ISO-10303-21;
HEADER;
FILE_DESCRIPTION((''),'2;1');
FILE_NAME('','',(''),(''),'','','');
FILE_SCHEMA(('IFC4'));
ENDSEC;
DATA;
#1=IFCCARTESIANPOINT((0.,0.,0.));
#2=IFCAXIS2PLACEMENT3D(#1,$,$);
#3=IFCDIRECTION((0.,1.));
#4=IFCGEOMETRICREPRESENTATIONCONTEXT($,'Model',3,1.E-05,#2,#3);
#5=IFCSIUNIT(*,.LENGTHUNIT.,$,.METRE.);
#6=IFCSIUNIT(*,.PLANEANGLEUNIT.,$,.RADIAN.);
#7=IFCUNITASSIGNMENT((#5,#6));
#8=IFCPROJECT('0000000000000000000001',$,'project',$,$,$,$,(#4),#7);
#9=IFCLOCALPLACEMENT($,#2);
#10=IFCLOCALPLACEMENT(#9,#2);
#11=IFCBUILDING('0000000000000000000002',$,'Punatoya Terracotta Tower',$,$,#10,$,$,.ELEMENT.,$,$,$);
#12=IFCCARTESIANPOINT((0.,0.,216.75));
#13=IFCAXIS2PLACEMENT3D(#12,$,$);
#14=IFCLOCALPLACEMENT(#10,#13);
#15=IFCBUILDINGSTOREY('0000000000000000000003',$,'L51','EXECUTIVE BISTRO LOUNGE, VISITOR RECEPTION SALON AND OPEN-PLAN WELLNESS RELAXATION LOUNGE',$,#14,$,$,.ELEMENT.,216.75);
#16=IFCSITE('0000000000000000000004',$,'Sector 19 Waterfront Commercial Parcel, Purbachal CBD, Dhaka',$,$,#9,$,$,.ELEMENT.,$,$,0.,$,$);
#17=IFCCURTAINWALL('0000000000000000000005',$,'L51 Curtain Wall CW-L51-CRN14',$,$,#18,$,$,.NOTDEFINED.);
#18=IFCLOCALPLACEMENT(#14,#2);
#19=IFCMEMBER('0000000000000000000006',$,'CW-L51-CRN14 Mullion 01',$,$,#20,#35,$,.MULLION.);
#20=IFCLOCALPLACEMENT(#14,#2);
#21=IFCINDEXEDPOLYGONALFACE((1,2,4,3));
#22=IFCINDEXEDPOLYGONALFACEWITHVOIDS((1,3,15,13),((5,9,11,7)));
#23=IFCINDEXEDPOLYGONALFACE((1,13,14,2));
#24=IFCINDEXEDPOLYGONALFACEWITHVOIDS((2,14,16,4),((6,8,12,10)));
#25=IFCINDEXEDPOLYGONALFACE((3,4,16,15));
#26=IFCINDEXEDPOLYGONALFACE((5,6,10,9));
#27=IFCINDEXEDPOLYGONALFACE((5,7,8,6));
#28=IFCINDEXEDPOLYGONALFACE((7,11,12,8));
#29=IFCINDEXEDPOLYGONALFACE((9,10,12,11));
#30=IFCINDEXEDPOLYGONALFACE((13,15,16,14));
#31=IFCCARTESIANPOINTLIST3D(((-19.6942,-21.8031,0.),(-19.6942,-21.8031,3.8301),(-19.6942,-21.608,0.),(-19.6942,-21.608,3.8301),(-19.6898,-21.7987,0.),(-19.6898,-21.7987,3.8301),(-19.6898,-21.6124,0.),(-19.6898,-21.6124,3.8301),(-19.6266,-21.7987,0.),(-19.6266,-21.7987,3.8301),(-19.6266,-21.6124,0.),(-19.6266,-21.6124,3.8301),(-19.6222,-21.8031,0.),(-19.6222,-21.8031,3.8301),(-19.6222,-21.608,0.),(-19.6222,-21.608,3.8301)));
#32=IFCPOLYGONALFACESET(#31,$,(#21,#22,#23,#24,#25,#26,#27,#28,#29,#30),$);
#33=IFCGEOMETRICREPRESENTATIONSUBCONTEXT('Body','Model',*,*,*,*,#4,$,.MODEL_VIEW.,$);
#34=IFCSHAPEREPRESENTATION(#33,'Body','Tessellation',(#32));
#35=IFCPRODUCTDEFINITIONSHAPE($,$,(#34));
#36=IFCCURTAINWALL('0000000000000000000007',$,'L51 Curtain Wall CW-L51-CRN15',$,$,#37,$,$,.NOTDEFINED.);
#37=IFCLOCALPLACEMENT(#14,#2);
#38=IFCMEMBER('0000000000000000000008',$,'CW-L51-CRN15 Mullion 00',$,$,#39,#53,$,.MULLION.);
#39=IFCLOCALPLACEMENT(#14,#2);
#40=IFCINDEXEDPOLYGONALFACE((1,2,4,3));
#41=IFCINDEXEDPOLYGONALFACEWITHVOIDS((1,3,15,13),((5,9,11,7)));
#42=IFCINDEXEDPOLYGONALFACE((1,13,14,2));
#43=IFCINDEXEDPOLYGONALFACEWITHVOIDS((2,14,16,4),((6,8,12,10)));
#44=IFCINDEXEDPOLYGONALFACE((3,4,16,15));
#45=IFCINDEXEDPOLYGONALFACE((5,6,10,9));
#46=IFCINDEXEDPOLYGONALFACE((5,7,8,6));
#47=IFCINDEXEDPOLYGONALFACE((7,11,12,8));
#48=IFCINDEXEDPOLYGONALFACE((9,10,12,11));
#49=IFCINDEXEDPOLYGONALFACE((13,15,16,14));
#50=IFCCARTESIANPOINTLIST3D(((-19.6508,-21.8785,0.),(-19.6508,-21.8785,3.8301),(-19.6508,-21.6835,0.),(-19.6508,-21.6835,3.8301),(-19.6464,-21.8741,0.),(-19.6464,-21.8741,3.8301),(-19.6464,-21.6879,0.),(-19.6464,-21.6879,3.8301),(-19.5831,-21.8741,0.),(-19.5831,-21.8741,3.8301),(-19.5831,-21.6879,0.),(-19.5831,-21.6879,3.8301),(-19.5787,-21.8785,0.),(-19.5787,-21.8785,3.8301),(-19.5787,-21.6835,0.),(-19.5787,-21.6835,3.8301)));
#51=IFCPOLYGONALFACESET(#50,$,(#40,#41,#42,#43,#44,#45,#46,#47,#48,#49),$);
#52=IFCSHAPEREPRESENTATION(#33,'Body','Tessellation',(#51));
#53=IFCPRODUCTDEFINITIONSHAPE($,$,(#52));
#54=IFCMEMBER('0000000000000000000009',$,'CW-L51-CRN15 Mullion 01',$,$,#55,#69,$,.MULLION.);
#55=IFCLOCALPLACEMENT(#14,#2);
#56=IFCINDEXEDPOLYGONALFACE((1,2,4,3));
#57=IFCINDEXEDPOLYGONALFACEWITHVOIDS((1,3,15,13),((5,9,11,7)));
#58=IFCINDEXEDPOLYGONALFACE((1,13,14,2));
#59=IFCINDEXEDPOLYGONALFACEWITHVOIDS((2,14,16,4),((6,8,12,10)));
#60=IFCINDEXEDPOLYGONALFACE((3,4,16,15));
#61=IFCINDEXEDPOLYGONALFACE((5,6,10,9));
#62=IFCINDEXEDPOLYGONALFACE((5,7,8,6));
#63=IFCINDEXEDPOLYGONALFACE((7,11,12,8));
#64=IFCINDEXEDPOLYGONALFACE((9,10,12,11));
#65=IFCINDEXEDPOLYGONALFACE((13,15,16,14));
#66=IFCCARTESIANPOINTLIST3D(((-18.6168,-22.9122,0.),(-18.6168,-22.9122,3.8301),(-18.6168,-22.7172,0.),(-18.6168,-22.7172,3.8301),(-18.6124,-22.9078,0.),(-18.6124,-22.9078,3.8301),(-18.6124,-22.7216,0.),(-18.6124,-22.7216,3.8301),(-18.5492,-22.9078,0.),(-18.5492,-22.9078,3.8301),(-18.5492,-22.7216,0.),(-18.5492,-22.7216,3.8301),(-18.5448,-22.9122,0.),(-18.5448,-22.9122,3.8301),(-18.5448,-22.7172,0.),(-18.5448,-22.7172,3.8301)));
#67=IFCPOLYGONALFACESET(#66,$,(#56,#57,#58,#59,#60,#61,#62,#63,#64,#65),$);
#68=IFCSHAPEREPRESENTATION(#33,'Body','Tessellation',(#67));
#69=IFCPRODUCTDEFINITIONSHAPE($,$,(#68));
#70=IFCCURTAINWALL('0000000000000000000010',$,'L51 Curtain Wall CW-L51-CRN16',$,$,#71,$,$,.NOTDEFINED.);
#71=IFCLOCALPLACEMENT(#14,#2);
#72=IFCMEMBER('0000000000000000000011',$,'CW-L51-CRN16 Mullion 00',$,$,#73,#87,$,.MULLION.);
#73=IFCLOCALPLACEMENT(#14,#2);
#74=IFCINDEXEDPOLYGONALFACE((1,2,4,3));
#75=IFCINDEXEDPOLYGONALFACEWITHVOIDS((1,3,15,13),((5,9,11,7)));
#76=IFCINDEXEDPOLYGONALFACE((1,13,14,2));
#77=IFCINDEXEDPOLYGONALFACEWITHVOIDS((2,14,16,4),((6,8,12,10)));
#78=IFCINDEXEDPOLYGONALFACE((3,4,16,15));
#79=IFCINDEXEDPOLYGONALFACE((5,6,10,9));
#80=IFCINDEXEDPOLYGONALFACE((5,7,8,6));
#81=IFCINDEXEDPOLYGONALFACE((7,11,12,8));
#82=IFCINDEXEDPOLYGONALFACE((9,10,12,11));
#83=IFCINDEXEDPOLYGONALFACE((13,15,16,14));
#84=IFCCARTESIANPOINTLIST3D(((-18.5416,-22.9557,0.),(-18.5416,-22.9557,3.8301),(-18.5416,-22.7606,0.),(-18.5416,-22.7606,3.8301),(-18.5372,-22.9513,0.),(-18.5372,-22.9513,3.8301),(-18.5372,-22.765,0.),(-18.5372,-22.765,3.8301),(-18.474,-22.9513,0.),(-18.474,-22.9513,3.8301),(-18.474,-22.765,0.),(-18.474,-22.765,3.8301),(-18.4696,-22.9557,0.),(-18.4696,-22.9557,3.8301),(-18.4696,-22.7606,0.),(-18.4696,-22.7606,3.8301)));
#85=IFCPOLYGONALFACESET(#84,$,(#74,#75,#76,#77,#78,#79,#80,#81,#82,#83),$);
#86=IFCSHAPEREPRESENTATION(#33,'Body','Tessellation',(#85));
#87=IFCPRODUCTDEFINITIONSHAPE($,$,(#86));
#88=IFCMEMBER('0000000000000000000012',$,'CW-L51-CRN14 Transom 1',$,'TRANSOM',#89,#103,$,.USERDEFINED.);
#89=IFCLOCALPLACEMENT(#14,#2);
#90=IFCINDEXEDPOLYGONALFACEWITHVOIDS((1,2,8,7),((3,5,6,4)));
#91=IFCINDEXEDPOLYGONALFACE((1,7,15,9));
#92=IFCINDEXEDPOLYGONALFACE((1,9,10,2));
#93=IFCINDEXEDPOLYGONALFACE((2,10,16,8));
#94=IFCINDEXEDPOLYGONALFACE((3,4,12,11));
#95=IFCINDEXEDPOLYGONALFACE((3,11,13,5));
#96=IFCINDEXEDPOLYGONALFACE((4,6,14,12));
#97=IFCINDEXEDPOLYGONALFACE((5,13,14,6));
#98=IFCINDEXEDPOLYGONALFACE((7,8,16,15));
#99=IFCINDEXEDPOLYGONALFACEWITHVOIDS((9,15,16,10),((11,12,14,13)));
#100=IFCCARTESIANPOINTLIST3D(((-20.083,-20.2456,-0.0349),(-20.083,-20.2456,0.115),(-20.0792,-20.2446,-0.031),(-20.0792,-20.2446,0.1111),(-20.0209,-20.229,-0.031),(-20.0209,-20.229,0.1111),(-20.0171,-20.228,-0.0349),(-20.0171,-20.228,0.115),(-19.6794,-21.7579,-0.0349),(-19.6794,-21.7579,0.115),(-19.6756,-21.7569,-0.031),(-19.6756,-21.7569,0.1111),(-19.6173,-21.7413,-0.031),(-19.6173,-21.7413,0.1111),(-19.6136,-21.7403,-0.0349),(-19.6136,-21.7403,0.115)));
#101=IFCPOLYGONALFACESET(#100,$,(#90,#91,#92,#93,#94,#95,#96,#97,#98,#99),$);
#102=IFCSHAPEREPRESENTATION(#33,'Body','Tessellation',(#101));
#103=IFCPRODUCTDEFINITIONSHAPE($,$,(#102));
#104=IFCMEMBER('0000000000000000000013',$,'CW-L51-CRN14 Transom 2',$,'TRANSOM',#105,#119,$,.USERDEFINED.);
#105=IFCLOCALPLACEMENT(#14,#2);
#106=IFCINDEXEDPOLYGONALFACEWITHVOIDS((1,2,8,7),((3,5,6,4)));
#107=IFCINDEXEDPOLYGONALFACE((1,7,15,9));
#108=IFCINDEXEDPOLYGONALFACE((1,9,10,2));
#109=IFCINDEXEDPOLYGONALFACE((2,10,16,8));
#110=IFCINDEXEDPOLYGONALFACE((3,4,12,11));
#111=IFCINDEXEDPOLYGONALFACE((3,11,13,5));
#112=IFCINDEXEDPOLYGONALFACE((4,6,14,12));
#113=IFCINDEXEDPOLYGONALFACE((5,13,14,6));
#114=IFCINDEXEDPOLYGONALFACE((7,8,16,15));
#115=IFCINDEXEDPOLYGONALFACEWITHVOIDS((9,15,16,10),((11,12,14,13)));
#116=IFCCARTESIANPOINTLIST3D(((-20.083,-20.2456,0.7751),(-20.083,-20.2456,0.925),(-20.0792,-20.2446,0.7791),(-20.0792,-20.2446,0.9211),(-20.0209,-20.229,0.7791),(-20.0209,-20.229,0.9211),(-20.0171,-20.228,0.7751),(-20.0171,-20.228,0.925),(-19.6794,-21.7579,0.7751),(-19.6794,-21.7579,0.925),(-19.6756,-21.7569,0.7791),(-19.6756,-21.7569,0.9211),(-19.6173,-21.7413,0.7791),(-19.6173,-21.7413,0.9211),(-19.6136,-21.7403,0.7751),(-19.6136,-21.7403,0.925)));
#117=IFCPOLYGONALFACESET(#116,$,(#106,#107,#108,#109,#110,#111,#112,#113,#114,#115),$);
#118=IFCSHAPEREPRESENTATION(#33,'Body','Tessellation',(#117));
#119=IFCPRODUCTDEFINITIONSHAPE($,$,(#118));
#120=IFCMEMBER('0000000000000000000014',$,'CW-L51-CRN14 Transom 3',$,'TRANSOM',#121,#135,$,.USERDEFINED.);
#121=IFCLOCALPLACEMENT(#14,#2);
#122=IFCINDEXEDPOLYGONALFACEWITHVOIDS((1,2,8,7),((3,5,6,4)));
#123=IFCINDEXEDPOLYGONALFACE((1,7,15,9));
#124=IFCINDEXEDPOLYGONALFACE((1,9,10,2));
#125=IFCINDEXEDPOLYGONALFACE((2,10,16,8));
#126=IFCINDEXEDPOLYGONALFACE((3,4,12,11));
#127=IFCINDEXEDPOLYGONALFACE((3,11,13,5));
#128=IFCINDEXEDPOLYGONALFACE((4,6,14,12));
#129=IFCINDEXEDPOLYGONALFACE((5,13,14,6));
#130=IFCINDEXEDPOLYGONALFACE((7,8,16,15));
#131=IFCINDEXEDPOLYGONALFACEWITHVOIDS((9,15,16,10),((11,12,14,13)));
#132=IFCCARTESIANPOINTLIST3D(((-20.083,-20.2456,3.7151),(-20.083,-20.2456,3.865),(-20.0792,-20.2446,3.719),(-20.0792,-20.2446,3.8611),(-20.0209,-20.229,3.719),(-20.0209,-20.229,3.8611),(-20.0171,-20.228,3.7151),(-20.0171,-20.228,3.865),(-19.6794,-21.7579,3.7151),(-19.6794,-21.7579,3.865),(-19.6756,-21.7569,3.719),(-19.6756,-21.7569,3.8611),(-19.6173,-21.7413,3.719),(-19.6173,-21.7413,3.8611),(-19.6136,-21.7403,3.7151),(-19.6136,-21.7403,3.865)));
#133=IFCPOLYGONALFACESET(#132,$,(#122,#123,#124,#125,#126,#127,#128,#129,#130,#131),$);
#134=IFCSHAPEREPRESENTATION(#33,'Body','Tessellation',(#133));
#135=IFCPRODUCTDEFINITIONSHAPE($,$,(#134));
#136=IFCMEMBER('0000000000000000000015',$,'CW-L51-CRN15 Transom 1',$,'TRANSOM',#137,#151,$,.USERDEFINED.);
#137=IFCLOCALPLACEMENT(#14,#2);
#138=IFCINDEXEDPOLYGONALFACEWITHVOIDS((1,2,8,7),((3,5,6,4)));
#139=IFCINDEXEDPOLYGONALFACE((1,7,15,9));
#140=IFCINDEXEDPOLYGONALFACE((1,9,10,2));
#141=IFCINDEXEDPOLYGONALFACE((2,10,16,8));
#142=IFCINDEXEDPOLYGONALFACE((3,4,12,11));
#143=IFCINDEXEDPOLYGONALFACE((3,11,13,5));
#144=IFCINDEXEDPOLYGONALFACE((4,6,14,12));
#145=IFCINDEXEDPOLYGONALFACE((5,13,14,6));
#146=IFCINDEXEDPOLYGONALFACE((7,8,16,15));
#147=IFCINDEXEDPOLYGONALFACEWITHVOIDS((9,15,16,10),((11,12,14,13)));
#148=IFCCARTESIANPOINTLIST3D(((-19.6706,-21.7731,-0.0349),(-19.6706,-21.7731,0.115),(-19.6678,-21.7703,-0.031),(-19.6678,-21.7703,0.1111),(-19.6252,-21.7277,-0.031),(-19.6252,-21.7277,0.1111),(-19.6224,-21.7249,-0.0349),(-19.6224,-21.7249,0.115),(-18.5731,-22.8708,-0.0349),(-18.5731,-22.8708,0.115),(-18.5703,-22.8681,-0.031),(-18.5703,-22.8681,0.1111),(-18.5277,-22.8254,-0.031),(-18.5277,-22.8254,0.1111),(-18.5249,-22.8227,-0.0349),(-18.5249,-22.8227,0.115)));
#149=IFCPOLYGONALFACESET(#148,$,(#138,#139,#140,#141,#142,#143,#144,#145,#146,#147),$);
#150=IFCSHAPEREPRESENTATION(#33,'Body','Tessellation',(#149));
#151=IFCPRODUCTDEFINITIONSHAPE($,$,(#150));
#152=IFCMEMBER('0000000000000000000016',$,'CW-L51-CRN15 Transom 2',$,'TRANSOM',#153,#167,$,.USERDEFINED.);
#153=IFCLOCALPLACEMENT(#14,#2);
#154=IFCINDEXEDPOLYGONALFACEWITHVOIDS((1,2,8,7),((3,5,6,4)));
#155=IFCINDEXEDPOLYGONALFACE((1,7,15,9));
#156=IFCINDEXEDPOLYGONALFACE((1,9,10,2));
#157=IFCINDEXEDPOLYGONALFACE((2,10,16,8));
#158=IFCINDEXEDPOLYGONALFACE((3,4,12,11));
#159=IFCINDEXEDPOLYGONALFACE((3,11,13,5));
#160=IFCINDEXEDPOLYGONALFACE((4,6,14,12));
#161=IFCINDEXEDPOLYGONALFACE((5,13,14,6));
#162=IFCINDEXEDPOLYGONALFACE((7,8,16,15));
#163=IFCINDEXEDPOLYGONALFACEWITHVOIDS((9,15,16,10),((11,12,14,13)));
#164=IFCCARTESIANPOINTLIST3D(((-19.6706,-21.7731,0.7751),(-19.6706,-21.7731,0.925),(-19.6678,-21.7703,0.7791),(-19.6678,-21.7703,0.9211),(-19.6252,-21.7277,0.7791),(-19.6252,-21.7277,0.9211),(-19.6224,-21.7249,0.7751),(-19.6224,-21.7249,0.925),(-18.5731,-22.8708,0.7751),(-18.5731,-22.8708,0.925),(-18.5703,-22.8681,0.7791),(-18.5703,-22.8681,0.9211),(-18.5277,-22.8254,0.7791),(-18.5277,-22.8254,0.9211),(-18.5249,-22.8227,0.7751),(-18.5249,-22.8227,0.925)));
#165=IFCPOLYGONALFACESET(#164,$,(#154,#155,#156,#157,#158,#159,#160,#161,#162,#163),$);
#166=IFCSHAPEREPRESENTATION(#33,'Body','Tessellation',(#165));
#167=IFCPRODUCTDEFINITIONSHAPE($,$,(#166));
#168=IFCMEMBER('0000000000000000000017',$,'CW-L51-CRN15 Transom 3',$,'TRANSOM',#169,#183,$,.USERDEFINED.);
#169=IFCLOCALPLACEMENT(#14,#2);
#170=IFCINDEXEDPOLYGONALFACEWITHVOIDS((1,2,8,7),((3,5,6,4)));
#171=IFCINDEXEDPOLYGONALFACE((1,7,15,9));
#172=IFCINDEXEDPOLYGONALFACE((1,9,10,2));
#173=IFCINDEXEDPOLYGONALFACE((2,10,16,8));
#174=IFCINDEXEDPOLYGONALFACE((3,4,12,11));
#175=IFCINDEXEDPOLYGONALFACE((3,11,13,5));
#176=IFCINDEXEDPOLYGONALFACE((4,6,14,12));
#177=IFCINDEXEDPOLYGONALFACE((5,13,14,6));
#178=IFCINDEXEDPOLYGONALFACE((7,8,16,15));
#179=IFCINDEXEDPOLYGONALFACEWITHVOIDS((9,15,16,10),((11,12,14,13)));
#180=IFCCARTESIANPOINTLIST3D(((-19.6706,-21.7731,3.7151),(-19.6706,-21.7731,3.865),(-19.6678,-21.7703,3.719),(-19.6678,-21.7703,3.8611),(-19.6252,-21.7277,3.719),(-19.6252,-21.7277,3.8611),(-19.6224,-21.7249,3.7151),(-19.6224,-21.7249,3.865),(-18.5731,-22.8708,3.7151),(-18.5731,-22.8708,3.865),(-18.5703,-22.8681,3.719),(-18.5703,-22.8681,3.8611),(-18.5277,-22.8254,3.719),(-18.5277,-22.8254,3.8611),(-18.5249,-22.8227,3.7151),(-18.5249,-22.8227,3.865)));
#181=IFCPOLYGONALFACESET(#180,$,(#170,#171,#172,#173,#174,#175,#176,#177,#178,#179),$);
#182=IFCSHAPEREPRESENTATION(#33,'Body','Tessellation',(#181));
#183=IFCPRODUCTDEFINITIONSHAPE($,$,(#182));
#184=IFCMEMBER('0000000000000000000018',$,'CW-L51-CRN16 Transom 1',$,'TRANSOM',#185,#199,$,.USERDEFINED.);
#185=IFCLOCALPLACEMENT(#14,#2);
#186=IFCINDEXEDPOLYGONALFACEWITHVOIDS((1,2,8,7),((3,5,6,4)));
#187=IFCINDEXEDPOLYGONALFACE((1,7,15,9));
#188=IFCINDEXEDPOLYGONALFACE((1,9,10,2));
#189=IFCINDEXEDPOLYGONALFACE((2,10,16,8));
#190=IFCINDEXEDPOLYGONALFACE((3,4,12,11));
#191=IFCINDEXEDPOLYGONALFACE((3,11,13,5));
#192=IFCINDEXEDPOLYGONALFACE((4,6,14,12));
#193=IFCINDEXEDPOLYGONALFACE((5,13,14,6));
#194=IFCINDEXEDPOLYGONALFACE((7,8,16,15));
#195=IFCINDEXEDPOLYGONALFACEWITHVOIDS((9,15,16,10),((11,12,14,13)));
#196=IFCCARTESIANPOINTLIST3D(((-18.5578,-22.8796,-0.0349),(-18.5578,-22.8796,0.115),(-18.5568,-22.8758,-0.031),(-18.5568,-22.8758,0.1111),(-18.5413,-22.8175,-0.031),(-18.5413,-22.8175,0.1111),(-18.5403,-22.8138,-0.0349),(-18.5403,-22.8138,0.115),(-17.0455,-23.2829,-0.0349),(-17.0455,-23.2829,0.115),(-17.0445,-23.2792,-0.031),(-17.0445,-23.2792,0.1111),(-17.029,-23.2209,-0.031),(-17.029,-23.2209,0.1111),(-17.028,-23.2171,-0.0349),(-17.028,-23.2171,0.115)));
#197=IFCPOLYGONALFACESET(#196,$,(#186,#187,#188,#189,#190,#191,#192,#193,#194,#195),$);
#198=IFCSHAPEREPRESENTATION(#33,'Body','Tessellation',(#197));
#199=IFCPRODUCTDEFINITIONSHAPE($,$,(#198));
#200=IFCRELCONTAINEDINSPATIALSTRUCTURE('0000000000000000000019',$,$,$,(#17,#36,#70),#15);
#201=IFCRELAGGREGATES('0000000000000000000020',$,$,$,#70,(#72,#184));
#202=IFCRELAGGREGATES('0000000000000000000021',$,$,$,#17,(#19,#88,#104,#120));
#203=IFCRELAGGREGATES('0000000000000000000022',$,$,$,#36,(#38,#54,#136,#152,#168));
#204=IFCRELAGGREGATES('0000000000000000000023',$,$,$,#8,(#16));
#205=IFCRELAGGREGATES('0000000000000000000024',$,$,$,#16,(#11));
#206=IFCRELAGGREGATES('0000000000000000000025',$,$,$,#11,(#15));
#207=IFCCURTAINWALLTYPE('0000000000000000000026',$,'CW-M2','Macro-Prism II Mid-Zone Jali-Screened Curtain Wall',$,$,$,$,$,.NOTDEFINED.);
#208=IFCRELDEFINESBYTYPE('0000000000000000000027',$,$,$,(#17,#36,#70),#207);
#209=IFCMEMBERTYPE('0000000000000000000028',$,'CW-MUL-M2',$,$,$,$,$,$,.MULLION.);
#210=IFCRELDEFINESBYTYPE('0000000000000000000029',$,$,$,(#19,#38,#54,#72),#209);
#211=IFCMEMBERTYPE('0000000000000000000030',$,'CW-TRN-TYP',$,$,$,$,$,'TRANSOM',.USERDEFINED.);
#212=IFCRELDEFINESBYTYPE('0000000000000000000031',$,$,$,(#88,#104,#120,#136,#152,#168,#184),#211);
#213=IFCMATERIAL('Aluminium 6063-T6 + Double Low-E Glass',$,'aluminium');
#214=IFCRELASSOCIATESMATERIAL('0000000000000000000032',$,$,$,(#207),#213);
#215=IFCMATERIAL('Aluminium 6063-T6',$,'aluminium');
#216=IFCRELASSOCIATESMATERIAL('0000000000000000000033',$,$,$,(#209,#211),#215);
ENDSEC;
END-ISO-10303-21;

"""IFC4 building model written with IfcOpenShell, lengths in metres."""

from ifc_helpers import new_model, si_unit, direction, frame, origin, origin_2d, place, context, subcontext, project, spatial, hollow_rectangle, extrude, material, material_profile, profile_set, type_object, element, aggregate, save


model = new_model("IFC4")

# Units and contexts
model_context = context("Model", 3, precision=1e-05, world=origin(), true_north=direction((0.0, 1.0)))
body_context = subcontext(model_context, "Body", "Model", "MODEL_VIEW")
ifc_project = project(units=[si_unit("LENGTHUNIT", "METRE"), si_unit("PLANEANGLEUNIT", "RADIAN")], contexts=[model_context])

# Site, building, storey
site_placement = place(None, origin())
site = spatial("IfcSite", under=ifc_project, at=site_placement, Name="Sector 19 Waterfront Commercial Parcel, Purbachal CBD, Dhaka", CompositionType="ELEMENT", RefElevation=0.0)
building_placement = place(site_placement, origin())
building = spatial("IfcBuilding", under=site, at=building_placement, Name="Punatoya Terracotta Tower", CompositionType="ELEMENT")
storey_placement = place(building_placement, frame((0.0, 0.0, 216.75)))
storey = spatial("IfcBuildingStorey", under=building, at=storey_placement, Name="L51", Description="EXECUTIVE BISTRO LOUNGE, VISITOR RECEPTION SALON AND OPEN-PLAN WELLNESS RELAXATION LOUNGE", CompositionType="ELEMENT", Elevation=216.75)

# Shared definitions
ifc_material_1 = material(Name="Aluminium 6063-T6 + Double Low-E Glass", Category="aluminium")
curtain_wall_type = type_object("IfcCurtainWallType", Name="CW-M2", Description="Macro-Prism II Mid-Zone Jali-Screened Curtain Wall", PredefinedType="NOTDEFINED", material=ifc_material_1)
ifc_material_2 = material(Name="Aluminium 6063-T6", Category="aluminium")
ifc_material_profile_1 = material_profile(ifc_material_2, hollow_rectangle(XDim=0.072, YDim=0.1951, WallThickness=0.0044, at=origin_2d()))
ifc_profile_set_1 = profile_set([ifc_material_profile_1], Name="Aluminium 6063-T6")
member_type_1 = type_object("IfcMemberType", Name="CW-MUL-M2", PredefinedType="MULLION", material=ifc_profile_set_1)

# Curtain walls, members
curtain_wall_1_placement = place(storey_placement, origin())
curtain_wall_1 = element("IfcCurtainWall", 1, at=curtain_wall_1_placement, inside=storey, type_object=curtain_wall_type, Name="L51 Curtain Wall CW-L51-CRN14", PredefinedType="NOTDEFINED")
member_1_placement = place(storey_placement, frame((-19.6582, -21.7056, 0.0), z_axis=(0.0, 0.0, 1.0), x_axis=(1.0, 0.0, 0.0)))
member_1 = element("IfcMember", 2, at=member_1_placement, type_object=member_type_1, Name="CW-L51-CRN14 Mullion 01", PredefinedType="MULLION", context=body_context, shape_type="SweptSolid", body=[
    extrude(hollow_rectangle(XDim=0.072, YDim=0.1951, WallThickness=0.0044, at=origin_2d()), origin(), (0.0, 0.0, 1.0), 3.8301),
])
curtain_wall_2_placement = place(storey_placement, origin())
curtain_wall_2 = element("IfcCurtainWall", 3, at=curtain_wall_2_placement, inside=storey, type_object=curtain_wall_type, Name="L51 Curtain Wall CW-L51-CRN15", PredefinedType="NOTDEFINED")
member_2_placement = place(storey_placement, frame((-19.6147, -21.781, 0.0), z_axis=(0.0, 0.0, 1.0), x_axis=(1.0, 0.0, 0.0)))
member_2 = element("IfcMember", 4, at=member_2_placement, type_object=member_type_1, Name="CW-L51-CRN15 Mullion 00", PredefinedType="MULLION", context=body_context, shape_type="SweptSolid", body=[
    extrude(hollow_rectangle(XDim=0.072, YDim=0.1951, WallThickness=0.0044, at=origin_2d()), origin(), (0.0, 0.0, 1.0), 3.8301),
])
member_3_placement = place(storey_placement, frame((-18.5808, -22.8147, 0.0), z_axis=(0.0, 0.0, 1.0), x_axis=(1.0, 0.0, 0.0)))
member_3 = element("IfcMember", 5, at=member_3_placement, type_object=member_type_1, Name="CW-L51-CRN15 Mullion 01", PredefinedType="MULLION", context=body_context, shape_type="SweptSolid", body=[
    extrude(hollow_rectangle(XDim=0.072, YDim=0.1951, WallThickness=0.0044, at=origin_2d()), origin(), (0.0, 0.0, 1.0), 3.8301),
])

# Curtain wall, member
curtain_wall_3_placement = place(storey_placement, origin())
curtain_wall_3 = element("IfcCurtainWall", 6, at=curtain_wall_3_placement, inside=storey, type_object=curtain_wall_type, Name="L51 Curtain Wall CW-L51-CRN16", PredefinedType="NOTDEFINED")
member_4_placement = place(storey_placement, frame((-18.5056, -22.8582, 0.0), z_axis=(0.0, 0.0, 1.0), x_axis=(1.0, 0.0, 0.0)))
member_4 = element("IfcMember", 7, at=member_4_placement, type_object=member_type_1, Name="CW-L51-CRN16 Mullion 00", PredefinedType="MULLION", context=body_context, shape_type="SweptSolid", body=[
    extrude(hollow_rectangle(XDim=0.072, YDim=0.1951, WallThickness=0.0044, at=origin_2d()), origin(), (0.0, 0.0, 1.0), 3.8301),
])

# Members
ifc_material_profile_2 = material_profile(ifc_material_2, hollow_rectangle(XDim=0.0681, YDim=0.1499, WallThickness=0.0039, at=origin_2d()))
ifc_profile_set_2 = profile_set([ifc_material_profile_2], Name="Aluminium 6063-T6")
member_type_2 = type_object("IfcMemberType", Name="CW-TRN-TYP", ElementType="TRANSOM", PredefinedType="USERDEFINED", material=ifc_profile_set_2)
member_5_placement = place(storey_placement, frame((-20.05, -20.2368, 0.04), z_axis=(0.257847, -0.966186, 0.0), x_axis=(0.966186, 0.257847, 0.0)))
member_5 = element("IfcMember", 8, at=member_5_placement, type_object=member_type_2, Name="CW-L51-CRN14 Transom 1", ObjectType="TRANSOM", PredefinedType="USERDEFINED", context=body_context, shape_type="SweptSolid", body=[
    extrude(hollow_rectangle(XDim=0.0681, YDim=0.1499, WallThickness=0.0039, at=origin_2d()), origin(), (0.0, 0.0, 1.0), 1.5652),
])
member_6_placement = place(storey_placement, frame((-20.05, -20.2368, 0.8501), z_axis=(0.257847, -0.966186, 0.0), x_axis=(0.966186, 0.257847, 0.0)))
member_6 = element("IfcMember", 9, at=member_6_placement, type_object=member_type_2, Name="CW-L51-CRN14 Transom 2", ObjectType="TRANSOM", PredefinedType="USERDEFINED", context=body_context, shape_type="SweptSolid", body=[
    extrude(hollow_rectangle(XDim=0.0681, YDim=0.1499, WallThickness=0.0039, at=origin_2d()), origin(), (0.0, 0.0, 1.0), 1.5652),
])
member_7_placement = place(storey_placement, frame((-20.05, -20.2368, 3.79), z_axis=(0.257847, -0.966186, 0.0), x_axis=(0.966186, 0.257847, 0.0)))
member_7 = element("IfcMember", 10, at=member_7_placement, type_object=member_type_2, Name="CW-L51-CRN14 Transom 3", ObjectType="TRANSOM", PredefinedType="USERDEFINED", context=body_context, shape_type="SweptSolid", body=[
    extrude(hollow_rectangle(XDim=0.0681, YDim=0.1499, WallThickness=0.0039, at=origin_2d()), origin(), (0.0, 0.0, 1.0), 1.5652),
])
member_8_placement = place(storey_placement, frame((-19.6465, -21.749, 0.04), z_axis=(0.707028, -0.707185, 0.0), x_axis=(0.707185, 0.707028, 0.0)))
member_8 = element("IfcMember", 11, at=member_8_placement, type_object=member_type_2, Name="CW-L51-CRN15 Transom 1", ObjectType="TRANSOM", PredefinedType="USERDEFINED", context=body_context, shape_type="SweptSolid", body=[
    extrude(hollow_rectangle(XDim=0.0681, YDim=0.1499, WallThickness=0.0039, at=origin_2d()), origin(), (0.0, 0.0, 1.0), 1.5522),
])
member_9_placement = place(storey_placement, frame((-19.6465, -21.749, 0.8501), z_axis=(0.707028, -0.707185, 0.0), x_axis=(0.707185, 0.707028, 0.0)))
member_9 = element("IfcMember", 12, at=member_9_placement, type_object=member_type_2, Name="CW-L51-CRN15 Transom 2", ObjectType="TRANSOM", PredefinedType="USERDEFINED", context=body_context, shape_type="SweptSolid", body=[
    extrude(hollow_rectangle(XDim=0.0681, YDim=0.1499, WallThickness=0.0039, at=origin_2d()), origin(), (0.0, 0.0, 1.0), 1.5522),
])
member_10_placement = place(storey_placement, frame((-19.6465, -21.749, 3.79), z_axis=(0.707028, -0.707185, 0.0), x_axis=(0.707185, 0.707028, 0.0)))
member_10 = element("IfcMember", 13, at=member_10_placement, type_object=member_type_2, Name="CW-L51-CRN15 Transom 3", ObjectType="TRANSOM", PredefinedType="USERDEFINED", context=body_context, shape_type="SweptSolid", body=[
    extrude(hollow_rectangle(XDim=0.0681, YDim=0.1499, WallThickness=0.0039, at=origin_2d()), origin(), (0.0, 0.0, 1.0), 1.5522),
])
member_11_placement = place(storey_placement, frame((-18.5491, -22.8467, 0.04), z_axis=(0.966225, -0.257701, 0.0), x_axis=(0.257701, 0.966225, 0.0)))
member_11 = element("IfcMember", 14, at=member_11_placement, type_object=member_type_2, Name="CW-L51-CRN16 Transom 1", ObjectType="TRANSOM", PredefinedType="USERDEFINED", context=body_context, shape_type="SweptSolid", body=[
    extrude(hollow_rectangle(XDim=0.0681, YDim=0.1499, WallThickness=0.0039, at=origin_2d()), origin(), (0.0, 0.0, 1.0), 1.5652),
])
aggregate(curtain_wall_3, [member_4, member_11])

aggregate(curtain_wall_1, [member_1, member_5, member_6, member_7])
aggregate(curtain_wall_2, [member_2, member_3, member_8, member_9, member_10])

save(model, "model.ifc")
